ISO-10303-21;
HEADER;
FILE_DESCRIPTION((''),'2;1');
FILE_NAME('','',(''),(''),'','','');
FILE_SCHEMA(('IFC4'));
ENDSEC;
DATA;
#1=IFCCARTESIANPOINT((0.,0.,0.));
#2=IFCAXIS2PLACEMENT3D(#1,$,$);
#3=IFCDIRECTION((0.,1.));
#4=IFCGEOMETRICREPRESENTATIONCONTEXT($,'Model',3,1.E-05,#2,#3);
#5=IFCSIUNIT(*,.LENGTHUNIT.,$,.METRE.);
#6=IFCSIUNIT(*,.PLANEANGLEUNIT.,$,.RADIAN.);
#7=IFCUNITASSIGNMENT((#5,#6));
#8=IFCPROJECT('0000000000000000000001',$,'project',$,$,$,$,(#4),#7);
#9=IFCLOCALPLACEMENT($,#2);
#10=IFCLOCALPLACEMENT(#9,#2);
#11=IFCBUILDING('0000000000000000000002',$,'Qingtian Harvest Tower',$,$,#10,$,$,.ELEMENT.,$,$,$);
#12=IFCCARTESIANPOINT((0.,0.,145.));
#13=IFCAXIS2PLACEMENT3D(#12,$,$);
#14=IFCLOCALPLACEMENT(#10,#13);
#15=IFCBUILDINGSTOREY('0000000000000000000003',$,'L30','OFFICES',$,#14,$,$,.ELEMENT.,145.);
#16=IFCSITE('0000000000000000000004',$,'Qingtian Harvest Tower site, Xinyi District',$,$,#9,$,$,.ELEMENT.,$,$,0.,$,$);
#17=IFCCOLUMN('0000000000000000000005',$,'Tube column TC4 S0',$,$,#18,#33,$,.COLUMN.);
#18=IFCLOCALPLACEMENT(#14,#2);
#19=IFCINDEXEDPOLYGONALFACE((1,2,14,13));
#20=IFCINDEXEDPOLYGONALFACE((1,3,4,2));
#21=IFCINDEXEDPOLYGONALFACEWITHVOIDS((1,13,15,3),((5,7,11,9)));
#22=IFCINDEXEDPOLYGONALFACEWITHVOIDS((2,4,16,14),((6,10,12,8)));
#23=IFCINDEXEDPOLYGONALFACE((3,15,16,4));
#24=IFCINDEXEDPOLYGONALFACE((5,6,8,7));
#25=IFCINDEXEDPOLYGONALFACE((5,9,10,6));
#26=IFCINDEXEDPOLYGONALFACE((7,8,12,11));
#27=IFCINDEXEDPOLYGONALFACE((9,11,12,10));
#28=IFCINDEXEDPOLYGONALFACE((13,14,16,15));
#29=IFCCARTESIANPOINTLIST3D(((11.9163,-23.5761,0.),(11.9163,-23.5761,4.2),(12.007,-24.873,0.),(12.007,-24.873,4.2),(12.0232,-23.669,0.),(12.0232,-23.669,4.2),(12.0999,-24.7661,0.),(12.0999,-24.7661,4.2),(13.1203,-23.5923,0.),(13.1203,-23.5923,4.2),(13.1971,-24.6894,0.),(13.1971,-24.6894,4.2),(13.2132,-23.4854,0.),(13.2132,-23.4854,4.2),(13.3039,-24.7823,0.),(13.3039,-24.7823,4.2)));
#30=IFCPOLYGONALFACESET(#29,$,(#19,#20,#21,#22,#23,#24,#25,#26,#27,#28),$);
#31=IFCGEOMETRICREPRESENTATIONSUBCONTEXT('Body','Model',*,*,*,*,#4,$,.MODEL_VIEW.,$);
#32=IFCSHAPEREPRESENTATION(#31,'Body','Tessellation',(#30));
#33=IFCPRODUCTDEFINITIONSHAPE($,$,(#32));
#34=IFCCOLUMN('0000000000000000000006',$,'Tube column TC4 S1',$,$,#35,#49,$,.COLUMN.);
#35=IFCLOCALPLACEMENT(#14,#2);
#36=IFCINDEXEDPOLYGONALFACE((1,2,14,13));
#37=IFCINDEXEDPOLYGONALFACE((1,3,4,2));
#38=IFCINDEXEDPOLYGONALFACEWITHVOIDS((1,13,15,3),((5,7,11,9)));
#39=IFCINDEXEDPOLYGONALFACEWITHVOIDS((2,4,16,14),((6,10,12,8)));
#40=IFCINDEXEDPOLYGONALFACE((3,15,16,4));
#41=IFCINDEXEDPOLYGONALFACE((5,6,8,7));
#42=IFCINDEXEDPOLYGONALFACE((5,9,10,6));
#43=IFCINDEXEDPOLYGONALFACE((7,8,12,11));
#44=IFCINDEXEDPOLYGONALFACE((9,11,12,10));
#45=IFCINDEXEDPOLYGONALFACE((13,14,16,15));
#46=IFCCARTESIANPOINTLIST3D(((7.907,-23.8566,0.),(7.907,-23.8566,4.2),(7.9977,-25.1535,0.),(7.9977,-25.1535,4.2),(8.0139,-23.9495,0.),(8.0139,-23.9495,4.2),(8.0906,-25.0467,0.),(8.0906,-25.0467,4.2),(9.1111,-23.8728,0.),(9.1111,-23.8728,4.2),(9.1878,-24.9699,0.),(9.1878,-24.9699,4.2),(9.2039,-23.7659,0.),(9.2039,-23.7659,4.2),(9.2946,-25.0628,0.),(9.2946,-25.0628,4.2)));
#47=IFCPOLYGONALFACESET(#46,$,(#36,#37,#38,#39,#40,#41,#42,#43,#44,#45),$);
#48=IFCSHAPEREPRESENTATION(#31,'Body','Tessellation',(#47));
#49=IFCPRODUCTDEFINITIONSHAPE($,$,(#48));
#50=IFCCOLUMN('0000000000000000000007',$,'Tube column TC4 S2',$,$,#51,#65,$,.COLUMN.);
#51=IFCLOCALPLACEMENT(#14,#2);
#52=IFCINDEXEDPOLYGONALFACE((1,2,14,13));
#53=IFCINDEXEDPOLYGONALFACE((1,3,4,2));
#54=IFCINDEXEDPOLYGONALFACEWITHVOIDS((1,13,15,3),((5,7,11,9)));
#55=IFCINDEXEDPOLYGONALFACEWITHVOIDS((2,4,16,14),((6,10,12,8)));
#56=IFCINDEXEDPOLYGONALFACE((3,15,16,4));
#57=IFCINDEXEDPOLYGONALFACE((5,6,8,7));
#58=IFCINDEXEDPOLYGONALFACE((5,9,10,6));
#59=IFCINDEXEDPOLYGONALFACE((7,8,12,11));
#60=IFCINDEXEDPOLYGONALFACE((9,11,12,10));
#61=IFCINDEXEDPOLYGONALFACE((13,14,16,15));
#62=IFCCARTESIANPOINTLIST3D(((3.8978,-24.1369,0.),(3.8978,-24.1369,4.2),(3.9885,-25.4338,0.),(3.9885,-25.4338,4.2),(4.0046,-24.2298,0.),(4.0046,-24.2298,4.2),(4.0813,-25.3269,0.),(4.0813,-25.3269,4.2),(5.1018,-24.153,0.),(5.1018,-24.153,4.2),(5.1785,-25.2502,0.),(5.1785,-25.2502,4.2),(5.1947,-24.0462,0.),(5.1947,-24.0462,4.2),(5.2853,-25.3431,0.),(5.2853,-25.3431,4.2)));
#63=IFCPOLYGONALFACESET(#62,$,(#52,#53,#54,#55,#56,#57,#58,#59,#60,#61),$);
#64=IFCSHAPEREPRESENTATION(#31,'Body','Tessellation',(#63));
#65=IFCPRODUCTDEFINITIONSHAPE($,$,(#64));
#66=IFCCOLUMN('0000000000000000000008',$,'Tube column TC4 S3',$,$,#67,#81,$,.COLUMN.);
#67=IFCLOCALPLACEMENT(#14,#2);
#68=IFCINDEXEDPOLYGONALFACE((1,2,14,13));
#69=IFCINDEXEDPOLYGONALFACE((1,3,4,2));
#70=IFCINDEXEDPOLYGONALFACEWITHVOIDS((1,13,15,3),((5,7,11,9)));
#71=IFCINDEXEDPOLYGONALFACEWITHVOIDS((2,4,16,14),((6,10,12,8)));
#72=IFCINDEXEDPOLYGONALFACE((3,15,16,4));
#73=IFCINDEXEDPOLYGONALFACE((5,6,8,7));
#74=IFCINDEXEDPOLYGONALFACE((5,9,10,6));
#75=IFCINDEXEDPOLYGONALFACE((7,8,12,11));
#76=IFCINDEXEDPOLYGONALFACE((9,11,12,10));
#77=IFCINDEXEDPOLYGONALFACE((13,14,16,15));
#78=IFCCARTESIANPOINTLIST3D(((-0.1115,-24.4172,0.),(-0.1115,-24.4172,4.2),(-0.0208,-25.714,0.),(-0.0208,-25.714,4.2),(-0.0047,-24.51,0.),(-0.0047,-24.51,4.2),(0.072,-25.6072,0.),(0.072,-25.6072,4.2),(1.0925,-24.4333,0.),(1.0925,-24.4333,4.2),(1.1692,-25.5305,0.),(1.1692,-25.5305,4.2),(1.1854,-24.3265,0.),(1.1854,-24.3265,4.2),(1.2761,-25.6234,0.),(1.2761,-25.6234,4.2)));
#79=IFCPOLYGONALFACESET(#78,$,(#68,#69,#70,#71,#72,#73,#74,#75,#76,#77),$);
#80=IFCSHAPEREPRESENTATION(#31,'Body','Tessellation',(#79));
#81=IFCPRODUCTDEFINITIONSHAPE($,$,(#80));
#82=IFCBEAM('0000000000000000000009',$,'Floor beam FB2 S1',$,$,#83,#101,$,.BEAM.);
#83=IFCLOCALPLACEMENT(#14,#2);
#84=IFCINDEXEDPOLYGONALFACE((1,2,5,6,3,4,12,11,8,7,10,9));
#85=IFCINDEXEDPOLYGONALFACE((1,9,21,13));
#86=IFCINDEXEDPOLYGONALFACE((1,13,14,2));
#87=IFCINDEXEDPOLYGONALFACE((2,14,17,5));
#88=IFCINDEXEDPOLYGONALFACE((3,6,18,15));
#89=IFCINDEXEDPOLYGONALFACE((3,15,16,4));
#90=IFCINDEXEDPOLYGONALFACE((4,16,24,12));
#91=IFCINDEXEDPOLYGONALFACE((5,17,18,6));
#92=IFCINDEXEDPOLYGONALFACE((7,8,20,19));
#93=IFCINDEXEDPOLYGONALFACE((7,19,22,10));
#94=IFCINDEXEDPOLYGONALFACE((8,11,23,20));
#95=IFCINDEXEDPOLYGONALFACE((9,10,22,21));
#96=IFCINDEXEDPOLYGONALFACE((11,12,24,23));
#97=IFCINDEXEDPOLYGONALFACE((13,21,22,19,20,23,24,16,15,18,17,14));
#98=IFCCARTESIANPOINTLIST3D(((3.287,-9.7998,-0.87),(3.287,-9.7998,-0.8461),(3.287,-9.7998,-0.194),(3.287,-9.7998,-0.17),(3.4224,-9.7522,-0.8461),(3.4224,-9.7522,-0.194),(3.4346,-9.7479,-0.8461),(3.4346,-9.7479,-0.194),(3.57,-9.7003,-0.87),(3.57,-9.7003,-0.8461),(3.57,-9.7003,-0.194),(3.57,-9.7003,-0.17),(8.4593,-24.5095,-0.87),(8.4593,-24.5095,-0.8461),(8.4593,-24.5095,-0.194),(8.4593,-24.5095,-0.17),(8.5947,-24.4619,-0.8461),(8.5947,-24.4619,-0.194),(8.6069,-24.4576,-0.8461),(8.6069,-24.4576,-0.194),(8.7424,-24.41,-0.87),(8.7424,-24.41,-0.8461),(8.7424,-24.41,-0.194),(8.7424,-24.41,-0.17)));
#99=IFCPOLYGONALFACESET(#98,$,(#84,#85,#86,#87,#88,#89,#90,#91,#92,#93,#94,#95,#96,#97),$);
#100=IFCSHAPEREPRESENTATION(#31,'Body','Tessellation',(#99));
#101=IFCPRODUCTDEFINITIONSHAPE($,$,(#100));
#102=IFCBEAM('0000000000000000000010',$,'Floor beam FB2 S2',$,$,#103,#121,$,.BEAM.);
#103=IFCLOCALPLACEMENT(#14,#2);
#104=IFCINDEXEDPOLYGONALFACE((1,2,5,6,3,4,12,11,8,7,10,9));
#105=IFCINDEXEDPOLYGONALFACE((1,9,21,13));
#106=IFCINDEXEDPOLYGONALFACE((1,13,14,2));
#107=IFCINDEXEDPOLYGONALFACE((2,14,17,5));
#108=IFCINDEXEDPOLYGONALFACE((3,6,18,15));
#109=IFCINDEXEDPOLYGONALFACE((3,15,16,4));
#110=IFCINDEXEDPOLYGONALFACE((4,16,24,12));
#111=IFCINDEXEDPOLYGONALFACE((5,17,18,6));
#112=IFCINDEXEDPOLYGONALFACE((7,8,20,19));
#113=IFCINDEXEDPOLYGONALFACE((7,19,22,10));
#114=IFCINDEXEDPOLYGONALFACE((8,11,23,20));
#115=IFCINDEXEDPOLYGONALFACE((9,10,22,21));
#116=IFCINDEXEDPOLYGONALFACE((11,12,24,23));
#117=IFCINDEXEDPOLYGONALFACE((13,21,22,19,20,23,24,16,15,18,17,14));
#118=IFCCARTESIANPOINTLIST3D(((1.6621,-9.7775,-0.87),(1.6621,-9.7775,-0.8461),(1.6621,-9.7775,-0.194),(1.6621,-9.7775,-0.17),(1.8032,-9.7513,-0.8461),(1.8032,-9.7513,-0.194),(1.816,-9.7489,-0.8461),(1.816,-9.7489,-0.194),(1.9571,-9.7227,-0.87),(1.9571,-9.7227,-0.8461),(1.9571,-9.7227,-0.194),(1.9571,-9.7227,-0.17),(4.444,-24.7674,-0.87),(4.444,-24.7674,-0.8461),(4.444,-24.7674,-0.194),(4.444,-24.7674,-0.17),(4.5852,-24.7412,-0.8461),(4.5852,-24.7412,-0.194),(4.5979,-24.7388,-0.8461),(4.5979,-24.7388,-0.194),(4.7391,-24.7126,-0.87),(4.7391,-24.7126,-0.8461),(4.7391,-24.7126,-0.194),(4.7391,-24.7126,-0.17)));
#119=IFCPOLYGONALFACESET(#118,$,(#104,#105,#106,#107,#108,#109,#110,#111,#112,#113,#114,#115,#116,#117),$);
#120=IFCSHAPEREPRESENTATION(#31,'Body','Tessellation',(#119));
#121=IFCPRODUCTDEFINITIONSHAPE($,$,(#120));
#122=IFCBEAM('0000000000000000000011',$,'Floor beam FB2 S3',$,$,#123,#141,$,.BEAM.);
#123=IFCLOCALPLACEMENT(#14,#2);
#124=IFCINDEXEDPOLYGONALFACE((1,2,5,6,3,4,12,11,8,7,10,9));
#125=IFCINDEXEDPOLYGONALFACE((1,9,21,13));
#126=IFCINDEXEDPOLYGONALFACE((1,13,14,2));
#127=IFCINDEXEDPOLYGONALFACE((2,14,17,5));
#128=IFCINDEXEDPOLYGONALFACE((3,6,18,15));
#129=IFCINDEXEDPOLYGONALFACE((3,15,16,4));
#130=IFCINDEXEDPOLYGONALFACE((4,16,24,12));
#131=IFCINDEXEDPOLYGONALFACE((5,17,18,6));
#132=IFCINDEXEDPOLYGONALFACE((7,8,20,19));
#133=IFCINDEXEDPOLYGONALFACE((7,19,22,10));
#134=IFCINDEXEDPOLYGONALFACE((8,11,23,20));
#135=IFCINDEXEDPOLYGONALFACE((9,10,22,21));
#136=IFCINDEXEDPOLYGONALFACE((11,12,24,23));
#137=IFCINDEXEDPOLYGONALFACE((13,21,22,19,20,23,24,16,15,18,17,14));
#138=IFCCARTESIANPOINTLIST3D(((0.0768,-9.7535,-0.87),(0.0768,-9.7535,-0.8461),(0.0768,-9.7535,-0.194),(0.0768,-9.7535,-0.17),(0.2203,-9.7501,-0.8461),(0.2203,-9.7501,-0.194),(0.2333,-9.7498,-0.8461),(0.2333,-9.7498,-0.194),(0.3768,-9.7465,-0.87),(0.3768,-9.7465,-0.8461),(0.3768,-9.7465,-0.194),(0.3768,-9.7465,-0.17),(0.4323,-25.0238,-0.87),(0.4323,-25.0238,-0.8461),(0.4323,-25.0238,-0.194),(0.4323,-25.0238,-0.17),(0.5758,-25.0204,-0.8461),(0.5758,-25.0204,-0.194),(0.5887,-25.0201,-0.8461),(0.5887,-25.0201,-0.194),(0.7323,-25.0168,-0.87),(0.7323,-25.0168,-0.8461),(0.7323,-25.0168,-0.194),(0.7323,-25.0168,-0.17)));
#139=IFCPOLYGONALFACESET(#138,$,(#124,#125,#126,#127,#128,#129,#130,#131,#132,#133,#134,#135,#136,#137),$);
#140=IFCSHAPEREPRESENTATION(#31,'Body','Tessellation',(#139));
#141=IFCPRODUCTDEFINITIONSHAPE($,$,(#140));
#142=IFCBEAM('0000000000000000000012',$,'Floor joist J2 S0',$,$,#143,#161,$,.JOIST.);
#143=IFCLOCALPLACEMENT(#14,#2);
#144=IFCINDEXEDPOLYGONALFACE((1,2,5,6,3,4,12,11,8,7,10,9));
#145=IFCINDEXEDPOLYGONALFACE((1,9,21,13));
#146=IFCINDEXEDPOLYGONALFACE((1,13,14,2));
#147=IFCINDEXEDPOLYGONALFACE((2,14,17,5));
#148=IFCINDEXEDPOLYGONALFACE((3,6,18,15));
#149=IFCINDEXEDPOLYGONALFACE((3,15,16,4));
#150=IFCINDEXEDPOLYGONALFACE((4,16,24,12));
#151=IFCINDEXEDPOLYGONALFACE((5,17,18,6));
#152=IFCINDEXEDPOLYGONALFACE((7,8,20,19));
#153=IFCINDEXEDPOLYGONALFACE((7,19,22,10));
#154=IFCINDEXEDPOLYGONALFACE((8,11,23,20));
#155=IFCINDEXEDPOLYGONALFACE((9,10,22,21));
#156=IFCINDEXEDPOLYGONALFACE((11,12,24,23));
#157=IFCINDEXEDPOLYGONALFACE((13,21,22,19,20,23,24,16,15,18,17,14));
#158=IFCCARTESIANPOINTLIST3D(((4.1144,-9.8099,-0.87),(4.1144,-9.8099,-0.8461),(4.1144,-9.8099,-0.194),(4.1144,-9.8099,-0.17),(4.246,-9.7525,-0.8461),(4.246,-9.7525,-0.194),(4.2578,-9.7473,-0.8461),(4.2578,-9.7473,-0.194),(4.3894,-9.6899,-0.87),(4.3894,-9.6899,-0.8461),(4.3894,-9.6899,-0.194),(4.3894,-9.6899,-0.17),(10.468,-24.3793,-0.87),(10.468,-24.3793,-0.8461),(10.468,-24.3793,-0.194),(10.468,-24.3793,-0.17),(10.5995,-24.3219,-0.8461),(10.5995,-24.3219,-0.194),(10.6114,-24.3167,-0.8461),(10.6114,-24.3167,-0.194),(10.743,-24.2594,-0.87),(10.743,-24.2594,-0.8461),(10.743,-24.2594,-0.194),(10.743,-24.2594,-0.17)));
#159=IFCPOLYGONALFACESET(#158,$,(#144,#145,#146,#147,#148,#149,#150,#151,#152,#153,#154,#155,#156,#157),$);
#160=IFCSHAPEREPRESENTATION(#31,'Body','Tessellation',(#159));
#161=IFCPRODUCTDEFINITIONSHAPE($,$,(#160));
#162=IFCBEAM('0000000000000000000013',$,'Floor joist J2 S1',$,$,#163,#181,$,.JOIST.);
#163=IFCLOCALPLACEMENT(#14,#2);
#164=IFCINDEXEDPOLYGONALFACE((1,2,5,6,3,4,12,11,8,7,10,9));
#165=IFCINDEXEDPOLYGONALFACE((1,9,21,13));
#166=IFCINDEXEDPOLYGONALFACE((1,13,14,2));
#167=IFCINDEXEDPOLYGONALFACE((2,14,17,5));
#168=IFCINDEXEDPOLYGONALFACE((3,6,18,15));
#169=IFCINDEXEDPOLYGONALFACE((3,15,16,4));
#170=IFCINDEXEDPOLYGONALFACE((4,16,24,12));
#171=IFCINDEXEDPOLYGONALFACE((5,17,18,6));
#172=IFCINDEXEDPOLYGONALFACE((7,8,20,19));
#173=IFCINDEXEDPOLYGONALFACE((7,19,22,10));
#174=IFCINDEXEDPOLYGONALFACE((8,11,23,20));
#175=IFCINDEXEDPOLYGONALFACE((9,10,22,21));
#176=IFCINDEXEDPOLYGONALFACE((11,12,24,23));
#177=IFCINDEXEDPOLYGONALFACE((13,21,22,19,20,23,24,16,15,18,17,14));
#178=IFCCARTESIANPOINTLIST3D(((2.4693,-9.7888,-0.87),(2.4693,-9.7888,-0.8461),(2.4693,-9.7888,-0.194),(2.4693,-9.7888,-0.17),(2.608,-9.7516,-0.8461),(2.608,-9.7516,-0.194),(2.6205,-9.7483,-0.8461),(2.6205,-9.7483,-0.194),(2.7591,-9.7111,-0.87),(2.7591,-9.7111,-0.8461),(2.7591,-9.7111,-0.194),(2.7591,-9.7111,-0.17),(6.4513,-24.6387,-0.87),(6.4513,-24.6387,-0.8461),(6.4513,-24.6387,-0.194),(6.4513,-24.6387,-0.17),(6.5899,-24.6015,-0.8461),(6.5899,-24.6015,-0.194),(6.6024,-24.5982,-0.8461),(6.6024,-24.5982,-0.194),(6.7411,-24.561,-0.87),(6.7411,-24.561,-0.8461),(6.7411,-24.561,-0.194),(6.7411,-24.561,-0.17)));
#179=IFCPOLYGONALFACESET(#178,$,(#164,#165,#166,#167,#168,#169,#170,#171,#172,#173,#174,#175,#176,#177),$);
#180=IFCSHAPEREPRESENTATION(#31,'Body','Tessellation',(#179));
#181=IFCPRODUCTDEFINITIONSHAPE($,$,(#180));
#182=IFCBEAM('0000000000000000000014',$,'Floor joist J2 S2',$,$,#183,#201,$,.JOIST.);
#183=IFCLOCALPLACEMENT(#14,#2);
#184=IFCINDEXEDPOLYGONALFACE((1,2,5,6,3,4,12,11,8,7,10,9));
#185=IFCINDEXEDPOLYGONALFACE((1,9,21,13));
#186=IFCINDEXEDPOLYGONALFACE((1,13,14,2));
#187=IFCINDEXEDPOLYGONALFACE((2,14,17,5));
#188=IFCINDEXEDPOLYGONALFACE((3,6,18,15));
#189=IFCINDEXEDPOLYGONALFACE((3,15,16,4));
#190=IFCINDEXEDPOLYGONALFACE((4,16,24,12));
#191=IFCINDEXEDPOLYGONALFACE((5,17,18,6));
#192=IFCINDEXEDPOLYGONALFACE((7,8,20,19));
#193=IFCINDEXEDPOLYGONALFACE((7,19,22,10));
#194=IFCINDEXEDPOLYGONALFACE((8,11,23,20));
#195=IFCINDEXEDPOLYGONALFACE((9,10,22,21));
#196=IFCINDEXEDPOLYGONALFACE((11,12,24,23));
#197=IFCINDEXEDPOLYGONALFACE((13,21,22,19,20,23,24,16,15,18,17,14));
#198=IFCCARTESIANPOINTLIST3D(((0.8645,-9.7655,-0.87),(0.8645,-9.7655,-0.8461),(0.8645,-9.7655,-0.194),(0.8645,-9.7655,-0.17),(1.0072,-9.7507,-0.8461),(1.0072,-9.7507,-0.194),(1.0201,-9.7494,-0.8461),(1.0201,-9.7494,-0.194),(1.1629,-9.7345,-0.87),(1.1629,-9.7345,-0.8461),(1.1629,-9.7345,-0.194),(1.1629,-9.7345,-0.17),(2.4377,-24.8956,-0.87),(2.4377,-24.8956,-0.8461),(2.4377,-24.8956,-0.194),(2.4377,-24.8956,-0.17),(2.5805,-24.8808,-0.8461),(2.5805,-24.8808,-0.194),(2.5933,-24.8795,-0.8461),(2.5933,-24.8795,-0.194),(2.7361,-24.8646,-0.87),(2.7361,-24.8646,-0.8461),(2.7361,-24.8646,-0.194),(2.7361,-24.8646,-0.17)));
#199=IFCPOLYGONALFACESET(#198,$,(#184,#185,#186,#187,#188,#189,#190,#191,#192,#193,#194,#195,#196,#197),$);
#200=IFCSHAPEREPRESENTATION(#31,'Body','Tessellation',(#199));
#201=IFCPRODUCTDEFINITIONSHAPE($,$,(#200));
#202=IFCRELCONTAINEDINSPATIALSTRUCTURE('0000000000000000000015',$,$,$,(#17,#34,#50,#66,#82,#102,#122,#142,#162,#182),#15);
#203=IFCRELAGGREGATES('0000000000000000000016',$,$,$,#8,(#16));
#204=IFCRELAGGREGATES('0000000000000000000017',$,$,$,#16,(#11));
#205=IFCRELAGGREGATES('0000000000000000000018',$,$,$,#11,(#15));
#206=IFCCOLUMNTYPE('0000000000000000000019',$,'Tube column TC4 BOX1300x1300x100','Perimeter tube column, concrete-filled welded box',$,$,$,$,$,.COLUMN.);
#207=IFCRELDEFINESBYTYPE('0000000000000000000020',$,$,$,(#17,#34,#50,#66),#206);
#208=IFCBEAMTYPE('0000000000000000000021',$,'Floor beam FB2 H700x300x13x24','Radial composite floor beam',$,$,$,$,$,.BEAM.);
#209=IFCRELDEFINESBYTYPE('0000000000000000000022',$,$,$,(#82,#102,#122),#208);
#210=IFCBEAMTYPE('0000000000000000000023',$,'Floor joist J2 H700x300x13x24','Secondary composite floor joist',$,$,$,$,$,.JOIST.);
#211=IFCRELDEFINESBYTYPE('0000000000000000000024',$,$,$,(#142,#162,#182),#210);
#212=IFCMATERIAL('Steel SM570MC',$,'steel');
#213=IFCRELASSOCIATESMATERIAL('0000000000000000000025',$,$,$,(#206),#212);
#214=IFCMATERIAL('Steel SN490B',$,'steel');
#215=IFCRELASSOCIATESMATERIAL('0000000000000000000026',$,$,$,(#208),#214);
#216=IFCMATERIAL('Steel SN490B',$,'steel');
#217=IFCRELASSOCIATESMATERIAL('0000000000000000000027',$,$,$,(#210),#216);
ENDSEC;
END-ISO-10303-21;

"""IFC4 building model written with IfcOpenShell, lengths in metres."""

from ifc_helpers import new_model, si_unit, direction, frame, origin, origin_2d, place, context, subcontext, project, spatial, hollow_rectangle, i_section, extrude, material, material_profile, profile_set, type_object, element, save


model = new_model("IFC4")

# Units and contexts
model_context = context("Model", 3, precision=1e-05, world=origin(), true_north=direction((0.0, 1.0)))
body_context = subcontext(model_context, "Body", "Model", "MODEL_VIEW")
ifc_project = project(units=[si_unit("LENGTHUNIT", "METRE"), si_unit("PLANEANGLEUNIT", "RADIAN")], contexts=[model_context])

# Site, building, storey
site_placement = place(None, origin())
site = spatial("IfcSite", under=ifc_project, at=site_placement, Name="Qingtian Harvest Tower site, Xinyi District", CompositionType="ELEMENT", RefElevation=0.0)
building_placement = place(site_placement, origin())
building = spatial("IfcBuilding", under=site, at=building_placement, Name="Qingtian Harvest Tower", CompositionType="ELEMENT")
storey_placement = place(building_placement, frame((0.0, 0.0, 145.0)))
storey = spatial("IfcBuildingStorey", under=building, at=storey_placement, Name="L30", Description="OFFICES", CompositionType="ELEMENT", Elevation=145.0)

# Columns
ifc_material_1 = material(Name="Steel SM570MC", Category="steel")
ifc_material_profile_1 = material_profile(ifc_material_1, hollow_rectangle(XDim=1.3, YDim=1.3, WallThickness=0.1001, at=origin_2d()), Name="BOX1300x1300x100")
ifc_profile_set_1 = profile_set([ifc_material_profile_1], Name="Steel SM570MC")
column_type = type_object("IfcColumnType", Name="Tube column TC4 BOX1300x1300x100", Description="Perimeter tube column, concrete-filled welded box", PredefinedType="COLUMN", material=ifc_profile_set_1)
for number, where, z_axis, x_axis, name in (
    (1, (12.6101, -24.1792, 0.0), (0.0, 0.0, 1.0), (0.997564, 0.069756, 0.0), "Tube column TC4 S0"),
    (2, (8.6008, -24.4597, 0.0), (0.0, 0.0, 1.0), (0.997564, 0.069756, 0.0), "Tube column TC4 S1"),
    (3, (4.5916, -24.74, 0.0), (0.0, 0.0, 1.0), (0.997564, 0.069756, 0.0), "Tube column TC4 S2"),
    (4, (0.5823, -25.0203, 0.0), (0.0, 0.0, 1.0), (0.997564, 0.069756, 0.0), "Tube column TC4 S3"),
):
    element("IfcColumn", number, at=place(storey_placement, frame(where, z_axis=z_axis, x_axis=x_axis)), inside=storey, type_object=column_type, Name=name, PredefinedType="COLUMN", context=body_context, shape_type="SweptSolid", body=[
        extrude(hollow_rectangle(XDim=1.3, YDim=1.3, WallThickness=0.1001, at=origin_2d()), origin(), (0.0, 0.0, 1.0), 4.2),
    ])

# Beams
ifc_material_2 = material(Name="Steel SN490B", Category="steel")
ifc_material_profile_2 = material_profile(ifc_material_2, i_section(OverallWidth=0.3, OverallDepth=0.7, WebThickness=0.0129, FlangeThickness=0.0239, at=origin_2d()), Name="H700x300x13x24")
ifc_profile_set_2 = profile_set([ifc_material_profile_2], Name="Steel SN490B")
beam_type_1 = type_object("IfcBeamType", Name="Floor beam FB2 H700x300x13x24", Description="Radial composite floor beam", PredefinedType="BEAM", material=ifc_profile_set_2)
beam_1_placement = place(storey_placement, frame((8.6008, -24.4597, -0.52), z_axis=(-0.331719, 0.943378, 0.0), x_axis=(-0.943378, -0.331719, 0.0)))
element("IfcBeam", 5, at=beam_1_placement, inside=storey, type_object=beam_type_1, Name="Floor beam FB2 S1", PredefinedType="BEAM", context=body_context, shape_type="SweptSolid", body=[
    extrude(i_section(OverallWidth=0.3, OverallDepth=0.7, WebThickness=0.0129, FlangeThickness=0.0239, at=origin_2d()), origin(), (0.0, 0.0, 1.0), 15.5925),
])
beam_2_placement = place(storey_placement, frame((4.5916, -24.74, -0.52), z_axis=(-0.182473, 0.983211, 0.0), x_axis=(-0.983211, -0.182473, 0.0)))
element("IfcBeam", 6, at=beam_2_placement, inside=storey, type_object=beam_type_1, Name="Floor beam FB2 S2", PredefinedType="BEAM", context=body_context, shape_type="SweptSolid", body=[
    extrude(i_section(OverallWidth=0.3, OverallDepth=0.7, WebThickness=0.0129, FlangeThickness=0.0239, at=origin_2d()), origin(), (0.0, 0.0, 1.0), 15.2458),
])
beam_3_placement = place(storey_placement, frame((0.5823, -25.0203, -0.52), z_axis=(-0.023272, 0.999729, 0.0), x_axis=(-0.999729, -0.023272, 0.0)))
element("IfcBeam", 7, at=beam_3_placement, inside=storey, type_object=beam_type_1, Name="Floor beam FB2 S3", PredefinedType="BEAM", context=body_context, shape_type="SweptSolid", body=[
    extrude(i_section(OverallWidth=0.3, OverallDepth=0.7, WebThickness=0.0129, FlangeThickness=0.0239, at=origin_2d()), origin(), (0.0, 0.0, 1.0), 15.2744),
])
ifc_material_3 = material(Name="Steel SN490B", Category="steel")
ifc_material_profile_3 = material_profile(ifc_material_3, i_section(OverallWidth=0.3, OverallDepth=0.7, WebThickness=0.0129, FlangeThickness=0.0239, at=origin_2d()), Name="H700x300x13x24")
ifc_profile_set_3 = profile_set([ifc_material_profile_3], Name="Steel SN490B")
beam_type_2 = type_object("IfcBeamType", Name="Floor joist J2 H700x300x13x24", Description="Secondary composite floor joist", PredefinedType="JOIST", material=ifc_profile_set_3)
beam_4_placement = place(storey_placement, frame((10.6055, -24.3193, -0.52), z_axis=(-0.399732, 0.916632, 0.0), x_axis=(-0.916632, -0.399732, 0.0)))
element("IfcBeam", 8, at=beam_4_placement, inside=storey, type_object=beam_type_2, Name="Floor joist J2 S0", PredefinedType="JOIST", context=body_context, shape_type="SweptSolid", body=[
    extrude(i_section(OverallWidth=0.3, OverallDepth=0.7, WebThickness=0.0129, FlangeThickness=0.0239, at=origin_2d()), origin(), (0.0, 0.0, 1.0), 15.8945),
])
beam_5_placement = place(storey_placement, frame((6.5962, -24.5999, -0.52), z_axis=(-0.258997, 0.965878, 0.0), x_axis=(-0.965878, -0.258997, 0.0)))
element("IfcBeam", 9, at=beam_5_placement, inside=storey, type_object=beam_type_2, Name="Floor joist J2 S1", PredefinedType="JOIST", context=body_context, shape_type="SweptSolid", body=[
    extrude(i_section(OverallWidth=0.3, OverallDepth=0.7, WebThickness=0.0129, FlangeThickness=0.0239, at=origin_2d()), origin(), (0.0, 0.0, 1.0), 15.3745),
])
beam_6_placement = place(storey_placement, frame((2.5869, -24.8801, -0.52), z_axis=(-0.103423, 0.994637, 0.0), x_axis=(-0.994637, -0.103423, 0.0)))
element("IfcBeam", 10, at=beam_6_placement, inside=storey, type_object=beam_type_2, Name="Floor joist J2 S2", PredefinedType="JOIST", context=body_context, shape_type="SweptSolid", body=[
    extrude(i_section(OverallWidth=0.3, OverallDepth=0.7, WebThickness=0.0129, FlangeThickness=0.0239, at=origin_2d()), origin(), (0.0, 0.0, 1.0), 15.2117),
])

save(model, "model.ifc")
